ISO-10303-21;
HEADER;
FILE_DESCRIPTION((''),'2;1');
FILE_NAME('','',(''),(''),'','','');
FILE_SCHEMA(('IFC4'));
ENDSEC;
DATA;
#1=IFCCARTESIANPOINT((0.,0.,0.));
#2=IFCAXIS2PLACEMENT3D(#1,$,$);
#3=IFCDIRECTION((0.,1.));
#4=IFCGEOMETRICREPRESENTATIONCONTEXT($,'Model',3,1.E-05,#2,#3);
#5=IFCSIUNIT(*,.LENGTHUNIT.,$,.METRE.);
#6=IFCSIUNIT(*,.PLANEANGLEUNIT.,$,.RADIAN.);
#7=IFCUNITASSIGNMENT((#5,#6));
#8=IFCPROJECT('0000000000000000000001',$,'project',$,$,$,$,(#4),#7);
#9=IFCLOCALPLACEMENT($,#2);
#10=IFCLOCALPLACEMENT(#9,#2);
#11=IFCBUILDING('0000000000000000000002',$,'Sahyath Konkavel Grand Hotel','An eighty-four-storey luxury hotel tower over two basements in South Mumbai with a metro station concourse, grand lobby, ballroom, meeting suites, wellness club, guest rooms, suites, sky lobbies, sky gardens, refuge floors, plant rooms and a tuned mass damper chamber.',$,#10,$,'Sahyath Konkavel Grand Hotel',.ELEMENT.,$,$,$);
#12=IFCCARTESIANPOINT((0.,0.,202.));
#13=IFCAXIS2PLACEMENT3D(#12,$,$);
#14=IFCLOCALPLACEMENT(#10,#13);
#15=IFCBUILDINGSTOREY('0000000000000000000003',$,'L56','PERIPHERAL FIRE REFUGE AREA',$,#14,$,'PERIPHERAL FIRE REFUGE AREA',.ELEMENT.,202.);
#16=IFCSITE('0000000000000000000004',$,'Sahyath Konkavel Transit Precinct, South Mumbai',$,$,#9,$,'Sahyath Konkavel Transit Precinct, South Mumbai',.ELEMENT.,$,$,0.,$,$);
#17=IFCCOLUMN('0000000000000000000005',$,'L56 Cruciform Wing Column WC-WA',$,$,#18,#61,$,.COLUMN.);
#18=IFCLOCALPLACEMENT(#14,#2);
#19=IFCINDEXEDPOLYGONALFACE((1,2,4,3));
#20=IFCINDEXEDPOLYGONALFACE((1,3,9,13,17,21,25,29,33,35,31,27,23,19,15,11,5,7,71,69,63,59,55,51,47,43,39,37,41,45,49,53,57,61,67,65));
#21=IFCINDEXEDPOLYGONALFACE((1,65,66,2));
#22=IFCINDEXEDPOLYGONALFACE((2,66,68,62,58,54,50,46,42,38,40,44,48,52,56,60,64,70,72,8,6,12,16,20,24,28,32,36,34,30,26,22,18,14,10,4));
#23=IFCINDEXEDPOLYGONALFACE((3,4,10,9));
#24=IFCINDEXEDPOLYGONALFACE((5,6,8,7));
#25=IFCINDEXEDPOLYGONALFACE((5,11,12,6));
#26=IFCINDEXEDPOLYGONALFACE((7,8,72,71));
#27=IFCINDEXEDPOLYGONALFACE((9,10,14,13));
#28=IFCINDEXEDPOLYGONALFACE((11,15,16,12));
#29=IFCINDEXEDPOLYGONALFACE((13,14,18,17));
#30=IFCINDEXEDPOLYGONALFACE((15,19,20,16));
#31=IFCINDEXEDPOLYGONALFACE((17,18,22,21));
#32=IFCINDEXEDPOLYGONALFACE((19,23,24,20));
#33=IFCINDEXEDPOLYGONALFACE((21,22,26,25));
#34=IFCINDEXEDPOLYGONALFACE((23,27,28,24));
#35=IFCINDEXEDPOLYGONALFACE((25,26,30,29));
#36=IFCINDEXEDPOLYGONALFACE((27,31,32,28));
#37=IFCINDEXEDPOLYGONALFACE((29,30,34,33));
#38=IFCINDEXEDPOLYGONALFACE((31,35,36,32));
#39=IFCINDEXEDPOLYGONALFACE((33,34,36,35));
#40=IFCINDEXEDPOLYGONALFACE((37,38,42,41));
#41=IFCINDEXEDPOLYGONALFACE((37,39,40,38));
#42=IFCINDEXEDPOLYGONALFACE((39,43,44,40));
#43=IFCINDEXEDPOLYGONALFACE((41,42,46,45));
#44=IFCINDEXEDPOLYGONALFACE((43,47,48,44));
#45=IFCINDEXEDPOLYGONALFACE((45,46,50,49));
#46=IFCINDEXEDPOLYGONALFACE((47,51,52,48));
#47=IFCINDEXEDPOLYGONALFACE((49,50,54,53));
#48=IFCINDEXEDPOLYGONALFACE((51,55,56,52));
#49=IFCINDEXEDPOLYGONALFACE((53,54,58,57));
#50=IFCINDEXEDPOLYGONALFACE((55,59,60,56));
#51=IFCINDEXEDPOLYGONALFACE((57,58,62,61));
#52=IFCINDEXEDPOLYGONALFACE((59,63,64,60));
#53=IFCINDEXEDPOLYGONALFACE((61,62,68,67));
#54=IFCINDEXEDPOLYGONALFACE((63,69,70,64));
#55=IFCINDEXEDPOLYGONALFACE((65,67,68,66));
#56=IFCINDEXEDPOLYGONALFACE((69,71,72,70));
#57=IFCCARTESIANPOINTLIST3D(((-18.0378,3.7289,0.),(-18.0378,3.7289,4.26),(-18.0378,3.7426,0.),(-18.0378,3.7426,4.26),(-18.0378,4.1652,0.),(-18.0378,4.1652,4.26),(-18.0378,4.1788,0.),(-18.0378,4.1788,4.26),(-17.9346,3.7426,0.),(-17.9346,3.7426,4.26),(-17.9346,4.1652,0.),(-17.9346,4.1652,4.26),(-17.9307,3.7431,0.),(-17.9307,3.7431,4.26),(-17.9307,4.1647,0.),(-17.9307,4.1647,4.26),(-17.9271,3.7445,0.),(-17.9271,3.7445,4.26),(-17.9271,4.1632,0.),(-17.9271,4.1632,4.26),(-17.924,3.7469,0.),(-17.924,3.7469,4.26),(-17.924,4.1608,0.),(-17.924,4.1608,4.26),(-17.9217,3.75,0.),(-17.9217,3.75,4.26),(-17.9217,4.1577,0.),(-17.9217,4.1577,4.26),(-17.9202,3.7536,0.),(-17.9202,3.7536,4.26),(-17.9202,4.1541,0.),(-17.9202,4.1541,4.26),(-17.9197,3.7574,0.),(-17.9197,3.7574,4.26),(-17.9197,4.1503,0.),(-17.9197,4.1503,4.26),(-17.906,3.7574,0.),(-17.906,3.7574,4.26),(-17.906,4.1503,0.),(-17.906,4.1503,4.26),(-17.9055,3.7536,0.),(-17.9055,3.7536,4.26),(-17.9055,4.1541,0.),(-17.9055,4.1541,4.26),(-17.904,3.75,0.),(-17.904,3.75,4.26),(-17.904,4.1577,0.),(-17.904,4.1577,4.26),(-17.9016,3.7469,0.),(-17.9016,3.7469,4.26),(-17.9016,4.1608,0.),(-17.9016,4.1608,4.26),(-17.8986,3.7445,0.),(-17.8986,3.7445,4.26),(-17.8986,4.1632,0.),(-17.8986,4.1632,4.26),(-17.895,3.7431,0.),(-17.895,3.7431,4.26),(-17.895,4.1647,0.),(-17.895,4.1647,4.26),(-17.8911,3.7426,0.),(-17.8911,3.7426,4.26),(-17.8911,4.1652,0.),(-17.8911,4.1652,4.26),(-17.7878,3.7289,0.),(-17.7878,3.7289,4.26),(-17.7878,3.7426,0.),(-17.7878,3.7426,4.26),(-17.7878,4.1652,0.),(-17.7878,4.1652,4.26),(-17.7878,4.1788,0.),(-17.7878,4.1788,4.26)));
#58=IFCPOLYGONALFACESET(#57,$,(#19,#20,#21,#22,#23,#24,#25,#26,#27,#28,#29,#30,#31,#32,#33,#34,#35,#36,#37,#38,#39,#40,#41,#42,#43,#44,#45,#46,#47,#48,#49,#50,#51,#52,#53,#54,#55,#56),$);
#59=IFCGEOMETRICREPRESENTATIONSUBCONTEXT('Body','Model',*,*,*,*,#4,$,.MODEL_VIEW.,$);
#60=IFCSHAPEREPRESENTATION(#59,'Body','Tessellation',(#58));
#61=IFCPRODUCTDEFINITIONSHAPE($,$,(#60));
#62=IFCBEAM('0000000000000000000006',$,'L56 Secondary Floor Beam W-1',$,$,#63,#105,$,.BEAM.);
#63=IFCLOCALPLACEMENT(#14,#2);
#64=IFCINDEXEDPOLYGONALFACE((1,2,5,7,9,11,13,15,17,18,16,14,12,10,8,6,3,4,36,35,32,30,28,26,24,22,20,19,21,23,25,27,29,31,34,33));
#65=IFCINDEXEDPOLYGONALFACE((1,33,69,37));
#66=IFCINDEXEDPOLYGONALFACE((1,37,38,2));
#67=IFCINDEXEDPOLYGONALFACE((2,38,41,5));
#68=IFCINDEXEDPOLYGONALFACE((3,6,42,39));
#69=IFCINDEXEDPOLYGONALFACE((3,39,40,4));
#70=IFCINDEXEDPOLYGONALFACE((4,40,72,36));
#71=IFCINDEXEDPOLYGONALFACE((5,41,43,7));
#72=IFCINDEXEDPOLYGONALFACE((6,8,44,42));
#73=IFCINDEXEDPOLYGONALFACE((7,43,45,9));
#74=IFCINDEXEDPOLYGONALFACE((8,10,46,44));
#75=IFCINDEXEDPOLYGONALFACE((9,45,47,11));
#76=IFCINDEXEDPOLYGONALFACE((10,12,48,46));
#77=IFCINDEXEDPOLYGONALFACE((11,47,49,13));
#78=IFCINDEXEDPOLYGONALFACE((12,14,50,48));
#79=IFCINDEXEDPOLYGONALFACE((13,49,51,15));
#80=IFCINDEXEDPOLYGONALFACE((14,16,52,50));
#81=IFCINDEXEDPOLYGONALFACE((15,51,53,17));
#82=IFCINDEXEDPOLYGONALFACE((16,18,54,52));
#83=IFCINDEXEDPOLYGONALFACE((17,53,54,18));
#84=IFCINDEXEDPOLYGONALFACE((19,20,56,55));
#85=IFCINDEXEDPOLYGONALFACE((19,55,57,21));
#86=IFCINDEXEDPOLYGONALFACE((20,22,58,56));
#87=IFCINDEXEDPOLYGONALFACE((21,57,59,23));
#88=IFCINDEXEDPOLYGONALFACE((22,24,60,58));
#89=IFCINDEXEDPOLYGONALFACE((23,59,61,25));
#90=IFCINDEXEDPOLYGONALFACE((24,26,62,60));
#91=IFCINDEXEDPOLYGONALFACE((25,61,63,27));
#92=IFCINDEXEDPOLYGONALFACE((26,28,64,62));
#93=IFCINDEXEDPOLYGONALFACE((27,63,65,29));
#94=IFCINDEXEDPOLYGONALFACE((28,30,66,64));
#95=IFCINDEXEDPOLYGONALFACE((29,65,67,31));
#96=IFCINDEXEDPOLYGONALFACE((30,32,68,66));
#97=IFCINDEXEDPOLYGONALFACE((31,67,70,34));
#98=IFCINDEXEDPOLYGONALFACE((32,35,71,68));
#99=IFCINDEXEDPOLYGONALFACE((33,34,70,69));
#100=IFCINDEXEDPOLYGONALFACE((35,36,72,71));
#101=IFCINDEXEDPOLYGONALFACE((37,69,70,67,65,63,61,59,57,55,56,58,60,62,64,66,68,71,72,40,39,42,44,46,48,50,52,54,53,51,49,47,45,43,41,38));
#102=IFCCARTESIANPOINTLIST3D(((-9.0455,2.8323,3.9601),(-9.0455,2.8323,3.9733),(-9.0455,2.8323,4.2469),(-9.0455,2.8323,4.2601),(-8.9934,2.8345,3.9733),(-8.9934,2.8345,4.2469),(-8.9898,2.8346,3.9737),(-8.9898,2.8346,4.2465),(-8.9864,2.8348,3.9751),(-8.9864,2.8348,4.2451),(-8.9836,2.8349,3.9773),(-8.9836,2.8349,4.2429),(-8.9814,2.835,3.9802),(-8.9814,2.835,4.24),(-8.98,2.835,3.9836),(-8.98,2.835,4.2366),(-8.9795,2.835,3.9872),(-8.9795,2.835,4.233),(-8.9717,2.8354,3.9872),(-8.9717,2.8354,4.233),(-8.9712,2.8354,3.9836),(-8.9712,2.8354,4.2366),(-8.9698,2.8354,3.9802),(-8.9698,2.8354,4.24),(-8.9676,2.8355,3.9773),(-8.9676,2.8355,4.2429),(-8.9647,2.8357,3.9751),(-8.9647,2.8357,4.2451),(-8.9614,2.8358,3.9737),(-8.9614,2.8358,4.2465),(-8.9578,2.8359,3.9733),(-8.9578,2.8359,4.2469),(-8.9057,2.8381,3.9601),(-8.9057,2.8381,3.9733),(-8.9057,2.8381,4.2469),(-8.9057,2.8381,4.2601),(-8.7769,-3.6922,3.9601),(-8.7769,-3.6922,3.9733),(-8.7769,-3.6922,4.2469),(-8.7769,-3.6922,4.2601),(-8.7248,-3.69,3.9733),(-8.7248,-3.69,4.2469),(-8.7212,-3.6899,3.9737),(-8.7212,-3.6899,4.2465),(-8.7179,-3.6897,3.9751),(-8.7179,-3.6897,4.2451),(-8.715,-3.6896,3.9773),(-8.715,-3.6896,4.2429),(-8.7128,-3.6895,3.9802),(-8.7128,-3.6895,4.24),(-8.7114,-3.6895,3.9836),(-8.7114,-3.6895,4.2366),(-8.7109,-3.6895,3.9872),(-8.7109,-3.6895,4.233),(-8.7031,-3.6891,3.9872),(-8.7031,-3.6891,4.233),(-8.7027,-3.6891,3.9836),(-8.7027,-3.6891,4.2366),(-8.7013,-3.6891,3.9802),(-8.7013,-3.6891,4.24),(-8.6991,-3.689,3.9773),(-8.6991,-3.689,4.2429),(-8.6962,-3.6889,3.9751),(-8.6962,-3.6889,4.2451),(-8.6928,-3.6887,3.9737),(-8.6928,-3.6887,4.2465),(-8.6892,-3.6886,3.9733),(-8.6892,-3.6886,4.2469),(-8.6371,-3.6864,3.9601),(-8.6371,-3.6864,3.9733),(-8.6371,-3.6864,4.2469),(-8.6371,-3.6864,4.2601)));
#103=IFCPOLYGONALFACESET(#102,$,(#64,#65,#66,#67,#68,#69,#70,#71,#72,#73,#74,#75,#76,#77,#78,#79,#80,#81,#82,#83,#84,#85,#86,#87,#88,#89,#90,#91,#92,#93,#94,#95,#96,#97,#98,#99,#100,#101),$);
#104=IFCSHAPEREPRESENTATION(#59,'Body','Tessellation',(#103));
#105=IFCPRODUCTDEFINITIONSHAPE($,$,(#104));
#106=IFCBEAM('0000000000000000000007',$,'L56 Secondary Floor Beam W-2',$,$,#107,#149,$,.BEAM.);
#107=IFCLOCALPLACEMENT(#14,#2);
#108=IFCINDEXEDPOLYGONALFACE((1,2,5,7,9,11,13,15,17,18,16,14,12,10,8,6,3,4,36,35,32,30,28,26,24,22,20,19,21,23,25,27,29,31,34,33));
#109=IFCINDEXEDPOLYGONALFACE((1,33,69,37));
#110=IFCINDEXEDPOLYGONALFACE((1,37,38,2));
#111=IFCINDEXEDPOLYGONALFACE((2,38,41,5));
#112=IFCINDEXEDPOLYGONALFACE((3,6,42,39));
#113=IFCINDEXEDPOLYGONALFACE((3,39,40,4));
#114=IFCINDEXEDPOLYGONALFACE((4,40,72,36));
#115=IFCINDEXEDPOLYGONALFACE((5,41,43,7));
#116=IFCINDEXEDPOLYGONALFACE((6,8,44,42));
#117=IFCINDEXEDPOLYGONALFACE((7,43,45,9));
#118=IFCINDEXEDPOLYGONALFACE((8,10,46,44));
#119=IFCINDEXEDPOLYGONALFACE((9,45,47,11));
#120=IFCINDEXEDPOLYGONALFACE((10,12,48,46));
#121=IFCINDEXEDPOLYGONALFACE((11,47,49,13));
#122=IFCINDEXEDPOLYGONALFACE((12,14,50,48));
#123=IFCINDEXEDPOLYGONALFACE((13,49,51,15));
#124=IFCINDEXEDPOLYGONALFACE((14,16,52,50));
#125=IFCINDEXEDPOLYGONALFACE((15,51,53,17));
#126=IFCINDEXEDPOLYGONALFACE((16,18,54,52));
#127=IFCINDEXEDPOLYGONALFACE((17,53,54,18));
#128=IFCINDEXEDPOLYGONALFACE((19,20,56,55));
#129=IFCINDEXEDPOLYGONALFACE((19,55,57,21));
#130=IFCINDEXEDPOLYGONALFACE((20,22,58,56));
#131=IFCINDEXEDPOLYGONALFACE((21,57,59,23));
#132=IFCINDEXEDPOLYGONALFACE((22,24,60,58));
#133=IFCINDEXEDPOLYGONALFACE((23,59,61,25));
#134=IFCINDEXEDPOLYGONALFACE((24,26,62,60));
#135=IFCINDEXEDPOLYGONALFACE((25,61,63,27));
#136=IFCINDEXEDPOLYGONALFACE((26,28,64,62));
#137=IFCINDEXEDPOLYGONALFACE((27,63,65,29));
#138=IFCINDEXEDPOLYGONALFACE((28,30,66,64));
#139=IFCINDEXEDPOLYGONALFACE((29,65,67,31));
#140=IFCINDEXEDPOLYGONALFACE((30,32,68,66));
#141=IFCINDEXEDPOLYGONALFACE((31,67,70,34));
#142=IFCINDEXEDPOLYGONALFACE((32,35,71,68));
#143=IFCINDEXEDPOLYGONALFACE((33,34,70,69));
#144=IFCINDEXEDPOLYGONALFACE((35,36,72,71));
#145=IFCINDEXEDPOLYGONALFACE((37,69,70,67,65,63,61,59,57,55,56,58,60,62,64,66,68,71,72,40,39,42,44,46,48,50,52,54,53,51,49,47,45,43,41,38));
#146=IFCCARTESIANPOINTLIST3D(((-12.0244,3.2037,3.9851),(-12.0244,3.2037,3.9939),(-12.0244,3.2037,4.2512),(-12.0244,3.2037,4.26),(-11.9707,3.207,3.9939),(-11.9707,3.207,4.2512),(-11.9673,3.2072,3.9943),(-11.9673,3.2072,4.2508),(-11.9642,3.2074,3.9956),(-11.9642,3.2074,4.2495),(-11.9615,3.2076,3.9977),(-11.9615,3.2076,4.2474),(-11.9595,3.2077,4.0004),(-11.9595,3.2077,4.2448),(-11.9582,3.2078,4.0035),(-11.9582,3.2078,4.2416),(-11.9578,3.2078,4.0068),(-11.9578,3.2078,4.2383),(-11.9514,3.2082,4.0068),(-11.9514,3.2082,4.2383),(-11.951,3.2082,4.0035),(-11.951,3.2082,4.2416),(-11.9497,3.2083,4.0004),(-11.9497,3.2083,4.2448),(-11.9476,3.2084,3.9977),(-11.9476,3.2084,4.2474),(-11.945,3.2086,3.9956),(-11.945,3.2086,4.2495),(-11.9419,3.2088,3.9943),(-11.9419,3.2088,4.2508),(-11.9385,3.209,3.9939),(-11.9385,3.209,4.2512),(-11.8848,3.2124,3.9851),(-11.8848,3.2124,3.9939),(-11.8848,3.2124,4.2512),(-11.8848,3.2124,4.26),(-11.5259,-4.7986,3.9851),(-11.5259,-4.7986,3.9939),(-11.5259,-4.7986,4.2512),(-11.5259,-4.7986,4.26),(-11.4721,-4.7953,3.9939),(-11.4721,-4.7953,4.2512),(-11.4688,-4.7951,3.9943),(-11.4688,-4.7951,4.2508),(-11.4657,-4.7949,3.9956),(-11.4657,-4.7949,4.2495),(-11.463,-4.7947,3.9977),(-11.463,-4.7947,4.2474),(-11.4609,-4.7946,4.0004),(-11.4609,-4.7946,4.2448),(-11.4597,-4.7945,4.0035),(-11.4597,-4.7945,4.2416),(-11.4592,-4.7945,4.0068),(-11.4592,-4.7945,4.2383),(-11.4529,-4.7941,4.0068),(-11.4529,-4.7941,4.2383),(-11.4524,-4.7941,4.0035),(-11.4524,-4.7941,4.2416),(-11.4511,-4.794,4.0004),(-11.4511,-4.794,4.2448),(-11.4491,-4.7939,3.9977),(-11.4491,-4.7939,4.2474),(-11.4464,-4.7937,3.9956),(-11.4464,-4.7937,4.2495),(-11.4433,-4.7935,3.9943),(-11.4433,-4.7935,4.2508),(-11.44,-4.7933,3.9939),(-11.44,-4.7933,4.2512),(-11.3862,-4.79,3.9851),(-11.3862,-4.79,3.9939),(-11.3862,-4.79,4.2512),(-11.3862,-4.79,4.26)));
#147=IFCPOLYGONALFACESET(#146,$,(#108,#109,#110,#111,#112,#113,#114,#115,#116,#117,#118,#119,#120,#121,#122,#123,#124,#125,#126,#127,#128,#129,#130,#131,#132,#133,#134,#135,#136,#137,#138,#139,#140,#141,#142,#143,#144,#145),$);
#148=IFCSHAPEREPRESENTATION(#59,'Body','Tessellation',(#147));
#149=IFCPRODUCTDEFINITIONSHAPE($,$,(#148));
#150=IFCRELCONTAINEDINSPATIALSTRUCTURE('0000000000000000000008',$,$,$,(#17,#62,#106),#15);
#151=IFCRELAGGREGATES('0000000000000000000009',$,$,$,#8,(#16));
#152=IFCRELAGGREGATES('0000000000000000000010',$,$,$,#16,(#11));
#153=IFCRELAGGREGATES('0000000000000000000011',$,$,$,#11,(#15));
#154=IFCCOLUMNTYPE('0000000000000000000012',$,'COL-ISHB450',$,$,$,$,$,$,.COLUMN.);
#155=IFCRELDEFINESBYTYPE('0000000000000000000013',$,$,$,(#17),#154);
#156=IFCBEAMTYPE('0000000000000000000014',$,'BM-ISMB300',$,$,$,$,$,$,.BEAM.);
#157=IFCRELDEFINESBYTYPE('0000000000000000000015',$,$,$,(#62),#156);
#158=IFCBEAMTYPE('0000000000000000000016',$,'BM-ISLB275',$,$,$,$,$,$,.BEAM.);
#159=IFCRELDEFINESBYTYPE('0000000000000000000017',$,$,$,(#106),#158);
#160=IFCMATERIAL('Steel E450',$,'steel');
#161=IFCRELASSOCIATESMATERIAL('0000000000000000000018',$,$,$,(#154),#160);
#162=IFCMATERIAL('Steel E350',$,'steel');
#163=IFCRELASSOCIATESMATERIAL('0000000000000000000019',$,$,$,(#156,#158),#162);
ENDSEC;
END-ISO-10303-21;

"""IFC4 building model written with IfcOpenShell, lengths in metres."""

from ifc_helpers import new_model, si_unit, direction, frame, origin, origin_2d, place, context, subcontext, project, spatial, i_section, extrude, source, transform, mapped, material, material_profile, profile_set, type_object, element, save


model = new_model("IFC4")

# Units and contexts
model_context = context("Model", 3, precision=1e-05, world=origin(), true_north=direction((0.0, 1.0)))
body_context = subcontext(model_context, "Body", "Model", "MODEL_VIEW")
ifc_project = project(units=[si_unit("LENGTHUNIT", "METRE"), si_unit("PLANEANGLEUNIT", "RADIAN")], contexts=[model_context])

# Site, building, storey
site_placement = place(None, origin())
site = spatial("IfcSite", under=ifc_project, at=site_placement, Name="Sahyath Konkavel Transit Precinct, South Mumbai", LongName="Sahyath Konkavel Transit Precinct, South Mumbai", CompositionType="ELEMENT", RefElevation=0.0)
building_placement = place(site_placement, origin())
building = spatial("IfcBuilding", under=site, at=building_placement, Name="Sahyath Konkavel Grand Hotel", Description="An eighty-four-storey luxury hotel tower over two basements in South Mumbai with a metro station concourse, grand lobby, ballroom, meeting suites, wellness club, guest rooms, suites, sky lobbies, sky gardens, refuge floors, plant rooms and a tuned mass damper chamber.", LongName="Sahyath Konkavel Grand Hotel", CompositionType="ELEMENT")
storey_placement = place(building_placement, frame((0.0, 0.0, 202.0)))
storey = spatial("IfcBuildingStorey", under=building, at=storey_placement, Name="L56", Description="PERIPHERAL FIRE REFUGE AREA", LongName="PERIPHERAL FIRE REFUGE AREA", CompositionType="ELEMENT", Elevation=202.0)

# Column
ifc_material_1 = material(Name="Steel E450", Category="steel")
ifc_material_profile_1 = material_profile(ifc_material_1, i_section(OverallWidth=0.25, OverallDepth=0.45, WebThickness=0.0137, FlangeThickness=0.0137, FilletRadius=0.0149, at=origin_2d()), Name="ISHB 450")
ifc_profile_set_1 = profile_set([ifc_material_profile_1], Name="Steel E450")
column_type = type_object("IfcColumnType", Name="COL-ISHB450", PredefinedType="COLUMN", material=ifc_profile_set_1)
shared_shape_1 = source(origin(), body_context, "Body", "SweptSolid", [
    extrude(i_section(OverallWidth=0.25, OverallDepth=0.45, WebThickness=0.0137, FlangeThickness=0.0137, FilletRadius=0.0149, at=origin_2d()), origin(), (0.0, 0.0, 1.0), 4.26),
])
column_placement = place(storey_placement, frame((-17.9128, 3.9539, 0.0), z_axis=(0.0, 0.0, 1.0), x_axis=(1.0, 0.0, 0.0)))
element("IfcColumn", 1, at=column_placement, inside=storey, type_object=column_type, Name="L56 Cruciform Wing Column WC-WA", PredefinedType="COLUMN", context=body_context, shape_type="MappedRepresentation", body=[
    mapped(shared_shape_1, transform((0.0, 0.0, 0.0), scale=1.0)),
])

# Beams
ifc_material_2 = material(Name="Steel E350", Category="steel")
ifc_material_profile_2 = material_profile(ifc_material_2, i_section(OverallWidth=0.1399, OverallDepth=0.3, WebThickness=0.0078, FlangeThickness=0.0132, FilletRadius=0.0139, at=origin_2d()), Name="ISMB 300")
ifc_profile_set_2 = profile_set([ifc_material_profile_2], Name="Steel E350")
beam_type_1 = type_object("IfcBeamType", Name="BM-ISMB300", PredefinedType="BEAM", material=ifc_profile_set_2)
shared_shape_2 = source(origin(), body_context, "Body", "SweptSolid", [
    extrude(i_section(OverallWidth=0.1399, OverallDepth=0.3, WebThickness=0.0078, FlangeThickness=0.0132, FilletRadius=0.0139, at=origin_2d()), origin(), (0.0, 0.0, 1.0), 6.53),
])
beam_1_placement = place(storey_placement, frame((-8.9756, 2.8352, 4.1101), z_axis=(0.041127, -0.999154, 0.0), x_axis=(0.999154, 0.041127, 0.0)))
element("IfcBeam", 2, at=beam_1_placement, inside=storey, type_object=beam_type_1, Name="L56 Secondary Floor Beam W-1", PredefinedType="BEAM", context=body_context, shape_type="MappedRepresentation", body=[
    mapped(shared_shape_2, transform((0.0, 0.0, 0.0), scale=1.0)),
])
ifc_material_profile_3 = material_profile(ifc_material_2, i_section(OverallWidth=0.1399, OverallDepth=0.2749, WebThickness=0.0063, FlangeThickness=0.0088, FilletRadius=0.0129, at=origin_2d()), Name="ISLB 275")
ifc_profile_set_3 = profile_set([ifc_material_profile_3], Name="Steel E350")
beam_type_2 = type_object("IfcBeamType", Name="BM-ISLB275", PredefinedType="BEAM", material=ifc_profile_set_3)
shared_shape_3 = source(origin(), body_context, "Body", "SweptSolid", [
    extrude(i_section(OverallWidth=0.1399, OverallDepth=0.2749, WebThickness=0.0063, FlangeThickness=0.0088, FilletRadius=0.0129, at=origin_2d()), origin(), (0.0, 0.0, 1.0), 8.0178),
])
beam_2_placement = place(storey_placement, frame((-11.9546, 3.208, 4.1226), z_axis=(0.062179, -0.998065, 0.0), x_axis=(0.998065, 0.062179, 0.0)))
element("IfcBeam", 3, at=beam_2_placement, inside=storey, type_object=beam_type_2, Name="L56 Secondary Floor Beam W-2", PredefinedType="BEAM", context=body_context, shape_type="MappedRepresentation", body=[
    mapped(shared_shape_3, transform((0.0, 0.0, 0.0), scale=1.0)),
])

save(model, "model.ifc")
